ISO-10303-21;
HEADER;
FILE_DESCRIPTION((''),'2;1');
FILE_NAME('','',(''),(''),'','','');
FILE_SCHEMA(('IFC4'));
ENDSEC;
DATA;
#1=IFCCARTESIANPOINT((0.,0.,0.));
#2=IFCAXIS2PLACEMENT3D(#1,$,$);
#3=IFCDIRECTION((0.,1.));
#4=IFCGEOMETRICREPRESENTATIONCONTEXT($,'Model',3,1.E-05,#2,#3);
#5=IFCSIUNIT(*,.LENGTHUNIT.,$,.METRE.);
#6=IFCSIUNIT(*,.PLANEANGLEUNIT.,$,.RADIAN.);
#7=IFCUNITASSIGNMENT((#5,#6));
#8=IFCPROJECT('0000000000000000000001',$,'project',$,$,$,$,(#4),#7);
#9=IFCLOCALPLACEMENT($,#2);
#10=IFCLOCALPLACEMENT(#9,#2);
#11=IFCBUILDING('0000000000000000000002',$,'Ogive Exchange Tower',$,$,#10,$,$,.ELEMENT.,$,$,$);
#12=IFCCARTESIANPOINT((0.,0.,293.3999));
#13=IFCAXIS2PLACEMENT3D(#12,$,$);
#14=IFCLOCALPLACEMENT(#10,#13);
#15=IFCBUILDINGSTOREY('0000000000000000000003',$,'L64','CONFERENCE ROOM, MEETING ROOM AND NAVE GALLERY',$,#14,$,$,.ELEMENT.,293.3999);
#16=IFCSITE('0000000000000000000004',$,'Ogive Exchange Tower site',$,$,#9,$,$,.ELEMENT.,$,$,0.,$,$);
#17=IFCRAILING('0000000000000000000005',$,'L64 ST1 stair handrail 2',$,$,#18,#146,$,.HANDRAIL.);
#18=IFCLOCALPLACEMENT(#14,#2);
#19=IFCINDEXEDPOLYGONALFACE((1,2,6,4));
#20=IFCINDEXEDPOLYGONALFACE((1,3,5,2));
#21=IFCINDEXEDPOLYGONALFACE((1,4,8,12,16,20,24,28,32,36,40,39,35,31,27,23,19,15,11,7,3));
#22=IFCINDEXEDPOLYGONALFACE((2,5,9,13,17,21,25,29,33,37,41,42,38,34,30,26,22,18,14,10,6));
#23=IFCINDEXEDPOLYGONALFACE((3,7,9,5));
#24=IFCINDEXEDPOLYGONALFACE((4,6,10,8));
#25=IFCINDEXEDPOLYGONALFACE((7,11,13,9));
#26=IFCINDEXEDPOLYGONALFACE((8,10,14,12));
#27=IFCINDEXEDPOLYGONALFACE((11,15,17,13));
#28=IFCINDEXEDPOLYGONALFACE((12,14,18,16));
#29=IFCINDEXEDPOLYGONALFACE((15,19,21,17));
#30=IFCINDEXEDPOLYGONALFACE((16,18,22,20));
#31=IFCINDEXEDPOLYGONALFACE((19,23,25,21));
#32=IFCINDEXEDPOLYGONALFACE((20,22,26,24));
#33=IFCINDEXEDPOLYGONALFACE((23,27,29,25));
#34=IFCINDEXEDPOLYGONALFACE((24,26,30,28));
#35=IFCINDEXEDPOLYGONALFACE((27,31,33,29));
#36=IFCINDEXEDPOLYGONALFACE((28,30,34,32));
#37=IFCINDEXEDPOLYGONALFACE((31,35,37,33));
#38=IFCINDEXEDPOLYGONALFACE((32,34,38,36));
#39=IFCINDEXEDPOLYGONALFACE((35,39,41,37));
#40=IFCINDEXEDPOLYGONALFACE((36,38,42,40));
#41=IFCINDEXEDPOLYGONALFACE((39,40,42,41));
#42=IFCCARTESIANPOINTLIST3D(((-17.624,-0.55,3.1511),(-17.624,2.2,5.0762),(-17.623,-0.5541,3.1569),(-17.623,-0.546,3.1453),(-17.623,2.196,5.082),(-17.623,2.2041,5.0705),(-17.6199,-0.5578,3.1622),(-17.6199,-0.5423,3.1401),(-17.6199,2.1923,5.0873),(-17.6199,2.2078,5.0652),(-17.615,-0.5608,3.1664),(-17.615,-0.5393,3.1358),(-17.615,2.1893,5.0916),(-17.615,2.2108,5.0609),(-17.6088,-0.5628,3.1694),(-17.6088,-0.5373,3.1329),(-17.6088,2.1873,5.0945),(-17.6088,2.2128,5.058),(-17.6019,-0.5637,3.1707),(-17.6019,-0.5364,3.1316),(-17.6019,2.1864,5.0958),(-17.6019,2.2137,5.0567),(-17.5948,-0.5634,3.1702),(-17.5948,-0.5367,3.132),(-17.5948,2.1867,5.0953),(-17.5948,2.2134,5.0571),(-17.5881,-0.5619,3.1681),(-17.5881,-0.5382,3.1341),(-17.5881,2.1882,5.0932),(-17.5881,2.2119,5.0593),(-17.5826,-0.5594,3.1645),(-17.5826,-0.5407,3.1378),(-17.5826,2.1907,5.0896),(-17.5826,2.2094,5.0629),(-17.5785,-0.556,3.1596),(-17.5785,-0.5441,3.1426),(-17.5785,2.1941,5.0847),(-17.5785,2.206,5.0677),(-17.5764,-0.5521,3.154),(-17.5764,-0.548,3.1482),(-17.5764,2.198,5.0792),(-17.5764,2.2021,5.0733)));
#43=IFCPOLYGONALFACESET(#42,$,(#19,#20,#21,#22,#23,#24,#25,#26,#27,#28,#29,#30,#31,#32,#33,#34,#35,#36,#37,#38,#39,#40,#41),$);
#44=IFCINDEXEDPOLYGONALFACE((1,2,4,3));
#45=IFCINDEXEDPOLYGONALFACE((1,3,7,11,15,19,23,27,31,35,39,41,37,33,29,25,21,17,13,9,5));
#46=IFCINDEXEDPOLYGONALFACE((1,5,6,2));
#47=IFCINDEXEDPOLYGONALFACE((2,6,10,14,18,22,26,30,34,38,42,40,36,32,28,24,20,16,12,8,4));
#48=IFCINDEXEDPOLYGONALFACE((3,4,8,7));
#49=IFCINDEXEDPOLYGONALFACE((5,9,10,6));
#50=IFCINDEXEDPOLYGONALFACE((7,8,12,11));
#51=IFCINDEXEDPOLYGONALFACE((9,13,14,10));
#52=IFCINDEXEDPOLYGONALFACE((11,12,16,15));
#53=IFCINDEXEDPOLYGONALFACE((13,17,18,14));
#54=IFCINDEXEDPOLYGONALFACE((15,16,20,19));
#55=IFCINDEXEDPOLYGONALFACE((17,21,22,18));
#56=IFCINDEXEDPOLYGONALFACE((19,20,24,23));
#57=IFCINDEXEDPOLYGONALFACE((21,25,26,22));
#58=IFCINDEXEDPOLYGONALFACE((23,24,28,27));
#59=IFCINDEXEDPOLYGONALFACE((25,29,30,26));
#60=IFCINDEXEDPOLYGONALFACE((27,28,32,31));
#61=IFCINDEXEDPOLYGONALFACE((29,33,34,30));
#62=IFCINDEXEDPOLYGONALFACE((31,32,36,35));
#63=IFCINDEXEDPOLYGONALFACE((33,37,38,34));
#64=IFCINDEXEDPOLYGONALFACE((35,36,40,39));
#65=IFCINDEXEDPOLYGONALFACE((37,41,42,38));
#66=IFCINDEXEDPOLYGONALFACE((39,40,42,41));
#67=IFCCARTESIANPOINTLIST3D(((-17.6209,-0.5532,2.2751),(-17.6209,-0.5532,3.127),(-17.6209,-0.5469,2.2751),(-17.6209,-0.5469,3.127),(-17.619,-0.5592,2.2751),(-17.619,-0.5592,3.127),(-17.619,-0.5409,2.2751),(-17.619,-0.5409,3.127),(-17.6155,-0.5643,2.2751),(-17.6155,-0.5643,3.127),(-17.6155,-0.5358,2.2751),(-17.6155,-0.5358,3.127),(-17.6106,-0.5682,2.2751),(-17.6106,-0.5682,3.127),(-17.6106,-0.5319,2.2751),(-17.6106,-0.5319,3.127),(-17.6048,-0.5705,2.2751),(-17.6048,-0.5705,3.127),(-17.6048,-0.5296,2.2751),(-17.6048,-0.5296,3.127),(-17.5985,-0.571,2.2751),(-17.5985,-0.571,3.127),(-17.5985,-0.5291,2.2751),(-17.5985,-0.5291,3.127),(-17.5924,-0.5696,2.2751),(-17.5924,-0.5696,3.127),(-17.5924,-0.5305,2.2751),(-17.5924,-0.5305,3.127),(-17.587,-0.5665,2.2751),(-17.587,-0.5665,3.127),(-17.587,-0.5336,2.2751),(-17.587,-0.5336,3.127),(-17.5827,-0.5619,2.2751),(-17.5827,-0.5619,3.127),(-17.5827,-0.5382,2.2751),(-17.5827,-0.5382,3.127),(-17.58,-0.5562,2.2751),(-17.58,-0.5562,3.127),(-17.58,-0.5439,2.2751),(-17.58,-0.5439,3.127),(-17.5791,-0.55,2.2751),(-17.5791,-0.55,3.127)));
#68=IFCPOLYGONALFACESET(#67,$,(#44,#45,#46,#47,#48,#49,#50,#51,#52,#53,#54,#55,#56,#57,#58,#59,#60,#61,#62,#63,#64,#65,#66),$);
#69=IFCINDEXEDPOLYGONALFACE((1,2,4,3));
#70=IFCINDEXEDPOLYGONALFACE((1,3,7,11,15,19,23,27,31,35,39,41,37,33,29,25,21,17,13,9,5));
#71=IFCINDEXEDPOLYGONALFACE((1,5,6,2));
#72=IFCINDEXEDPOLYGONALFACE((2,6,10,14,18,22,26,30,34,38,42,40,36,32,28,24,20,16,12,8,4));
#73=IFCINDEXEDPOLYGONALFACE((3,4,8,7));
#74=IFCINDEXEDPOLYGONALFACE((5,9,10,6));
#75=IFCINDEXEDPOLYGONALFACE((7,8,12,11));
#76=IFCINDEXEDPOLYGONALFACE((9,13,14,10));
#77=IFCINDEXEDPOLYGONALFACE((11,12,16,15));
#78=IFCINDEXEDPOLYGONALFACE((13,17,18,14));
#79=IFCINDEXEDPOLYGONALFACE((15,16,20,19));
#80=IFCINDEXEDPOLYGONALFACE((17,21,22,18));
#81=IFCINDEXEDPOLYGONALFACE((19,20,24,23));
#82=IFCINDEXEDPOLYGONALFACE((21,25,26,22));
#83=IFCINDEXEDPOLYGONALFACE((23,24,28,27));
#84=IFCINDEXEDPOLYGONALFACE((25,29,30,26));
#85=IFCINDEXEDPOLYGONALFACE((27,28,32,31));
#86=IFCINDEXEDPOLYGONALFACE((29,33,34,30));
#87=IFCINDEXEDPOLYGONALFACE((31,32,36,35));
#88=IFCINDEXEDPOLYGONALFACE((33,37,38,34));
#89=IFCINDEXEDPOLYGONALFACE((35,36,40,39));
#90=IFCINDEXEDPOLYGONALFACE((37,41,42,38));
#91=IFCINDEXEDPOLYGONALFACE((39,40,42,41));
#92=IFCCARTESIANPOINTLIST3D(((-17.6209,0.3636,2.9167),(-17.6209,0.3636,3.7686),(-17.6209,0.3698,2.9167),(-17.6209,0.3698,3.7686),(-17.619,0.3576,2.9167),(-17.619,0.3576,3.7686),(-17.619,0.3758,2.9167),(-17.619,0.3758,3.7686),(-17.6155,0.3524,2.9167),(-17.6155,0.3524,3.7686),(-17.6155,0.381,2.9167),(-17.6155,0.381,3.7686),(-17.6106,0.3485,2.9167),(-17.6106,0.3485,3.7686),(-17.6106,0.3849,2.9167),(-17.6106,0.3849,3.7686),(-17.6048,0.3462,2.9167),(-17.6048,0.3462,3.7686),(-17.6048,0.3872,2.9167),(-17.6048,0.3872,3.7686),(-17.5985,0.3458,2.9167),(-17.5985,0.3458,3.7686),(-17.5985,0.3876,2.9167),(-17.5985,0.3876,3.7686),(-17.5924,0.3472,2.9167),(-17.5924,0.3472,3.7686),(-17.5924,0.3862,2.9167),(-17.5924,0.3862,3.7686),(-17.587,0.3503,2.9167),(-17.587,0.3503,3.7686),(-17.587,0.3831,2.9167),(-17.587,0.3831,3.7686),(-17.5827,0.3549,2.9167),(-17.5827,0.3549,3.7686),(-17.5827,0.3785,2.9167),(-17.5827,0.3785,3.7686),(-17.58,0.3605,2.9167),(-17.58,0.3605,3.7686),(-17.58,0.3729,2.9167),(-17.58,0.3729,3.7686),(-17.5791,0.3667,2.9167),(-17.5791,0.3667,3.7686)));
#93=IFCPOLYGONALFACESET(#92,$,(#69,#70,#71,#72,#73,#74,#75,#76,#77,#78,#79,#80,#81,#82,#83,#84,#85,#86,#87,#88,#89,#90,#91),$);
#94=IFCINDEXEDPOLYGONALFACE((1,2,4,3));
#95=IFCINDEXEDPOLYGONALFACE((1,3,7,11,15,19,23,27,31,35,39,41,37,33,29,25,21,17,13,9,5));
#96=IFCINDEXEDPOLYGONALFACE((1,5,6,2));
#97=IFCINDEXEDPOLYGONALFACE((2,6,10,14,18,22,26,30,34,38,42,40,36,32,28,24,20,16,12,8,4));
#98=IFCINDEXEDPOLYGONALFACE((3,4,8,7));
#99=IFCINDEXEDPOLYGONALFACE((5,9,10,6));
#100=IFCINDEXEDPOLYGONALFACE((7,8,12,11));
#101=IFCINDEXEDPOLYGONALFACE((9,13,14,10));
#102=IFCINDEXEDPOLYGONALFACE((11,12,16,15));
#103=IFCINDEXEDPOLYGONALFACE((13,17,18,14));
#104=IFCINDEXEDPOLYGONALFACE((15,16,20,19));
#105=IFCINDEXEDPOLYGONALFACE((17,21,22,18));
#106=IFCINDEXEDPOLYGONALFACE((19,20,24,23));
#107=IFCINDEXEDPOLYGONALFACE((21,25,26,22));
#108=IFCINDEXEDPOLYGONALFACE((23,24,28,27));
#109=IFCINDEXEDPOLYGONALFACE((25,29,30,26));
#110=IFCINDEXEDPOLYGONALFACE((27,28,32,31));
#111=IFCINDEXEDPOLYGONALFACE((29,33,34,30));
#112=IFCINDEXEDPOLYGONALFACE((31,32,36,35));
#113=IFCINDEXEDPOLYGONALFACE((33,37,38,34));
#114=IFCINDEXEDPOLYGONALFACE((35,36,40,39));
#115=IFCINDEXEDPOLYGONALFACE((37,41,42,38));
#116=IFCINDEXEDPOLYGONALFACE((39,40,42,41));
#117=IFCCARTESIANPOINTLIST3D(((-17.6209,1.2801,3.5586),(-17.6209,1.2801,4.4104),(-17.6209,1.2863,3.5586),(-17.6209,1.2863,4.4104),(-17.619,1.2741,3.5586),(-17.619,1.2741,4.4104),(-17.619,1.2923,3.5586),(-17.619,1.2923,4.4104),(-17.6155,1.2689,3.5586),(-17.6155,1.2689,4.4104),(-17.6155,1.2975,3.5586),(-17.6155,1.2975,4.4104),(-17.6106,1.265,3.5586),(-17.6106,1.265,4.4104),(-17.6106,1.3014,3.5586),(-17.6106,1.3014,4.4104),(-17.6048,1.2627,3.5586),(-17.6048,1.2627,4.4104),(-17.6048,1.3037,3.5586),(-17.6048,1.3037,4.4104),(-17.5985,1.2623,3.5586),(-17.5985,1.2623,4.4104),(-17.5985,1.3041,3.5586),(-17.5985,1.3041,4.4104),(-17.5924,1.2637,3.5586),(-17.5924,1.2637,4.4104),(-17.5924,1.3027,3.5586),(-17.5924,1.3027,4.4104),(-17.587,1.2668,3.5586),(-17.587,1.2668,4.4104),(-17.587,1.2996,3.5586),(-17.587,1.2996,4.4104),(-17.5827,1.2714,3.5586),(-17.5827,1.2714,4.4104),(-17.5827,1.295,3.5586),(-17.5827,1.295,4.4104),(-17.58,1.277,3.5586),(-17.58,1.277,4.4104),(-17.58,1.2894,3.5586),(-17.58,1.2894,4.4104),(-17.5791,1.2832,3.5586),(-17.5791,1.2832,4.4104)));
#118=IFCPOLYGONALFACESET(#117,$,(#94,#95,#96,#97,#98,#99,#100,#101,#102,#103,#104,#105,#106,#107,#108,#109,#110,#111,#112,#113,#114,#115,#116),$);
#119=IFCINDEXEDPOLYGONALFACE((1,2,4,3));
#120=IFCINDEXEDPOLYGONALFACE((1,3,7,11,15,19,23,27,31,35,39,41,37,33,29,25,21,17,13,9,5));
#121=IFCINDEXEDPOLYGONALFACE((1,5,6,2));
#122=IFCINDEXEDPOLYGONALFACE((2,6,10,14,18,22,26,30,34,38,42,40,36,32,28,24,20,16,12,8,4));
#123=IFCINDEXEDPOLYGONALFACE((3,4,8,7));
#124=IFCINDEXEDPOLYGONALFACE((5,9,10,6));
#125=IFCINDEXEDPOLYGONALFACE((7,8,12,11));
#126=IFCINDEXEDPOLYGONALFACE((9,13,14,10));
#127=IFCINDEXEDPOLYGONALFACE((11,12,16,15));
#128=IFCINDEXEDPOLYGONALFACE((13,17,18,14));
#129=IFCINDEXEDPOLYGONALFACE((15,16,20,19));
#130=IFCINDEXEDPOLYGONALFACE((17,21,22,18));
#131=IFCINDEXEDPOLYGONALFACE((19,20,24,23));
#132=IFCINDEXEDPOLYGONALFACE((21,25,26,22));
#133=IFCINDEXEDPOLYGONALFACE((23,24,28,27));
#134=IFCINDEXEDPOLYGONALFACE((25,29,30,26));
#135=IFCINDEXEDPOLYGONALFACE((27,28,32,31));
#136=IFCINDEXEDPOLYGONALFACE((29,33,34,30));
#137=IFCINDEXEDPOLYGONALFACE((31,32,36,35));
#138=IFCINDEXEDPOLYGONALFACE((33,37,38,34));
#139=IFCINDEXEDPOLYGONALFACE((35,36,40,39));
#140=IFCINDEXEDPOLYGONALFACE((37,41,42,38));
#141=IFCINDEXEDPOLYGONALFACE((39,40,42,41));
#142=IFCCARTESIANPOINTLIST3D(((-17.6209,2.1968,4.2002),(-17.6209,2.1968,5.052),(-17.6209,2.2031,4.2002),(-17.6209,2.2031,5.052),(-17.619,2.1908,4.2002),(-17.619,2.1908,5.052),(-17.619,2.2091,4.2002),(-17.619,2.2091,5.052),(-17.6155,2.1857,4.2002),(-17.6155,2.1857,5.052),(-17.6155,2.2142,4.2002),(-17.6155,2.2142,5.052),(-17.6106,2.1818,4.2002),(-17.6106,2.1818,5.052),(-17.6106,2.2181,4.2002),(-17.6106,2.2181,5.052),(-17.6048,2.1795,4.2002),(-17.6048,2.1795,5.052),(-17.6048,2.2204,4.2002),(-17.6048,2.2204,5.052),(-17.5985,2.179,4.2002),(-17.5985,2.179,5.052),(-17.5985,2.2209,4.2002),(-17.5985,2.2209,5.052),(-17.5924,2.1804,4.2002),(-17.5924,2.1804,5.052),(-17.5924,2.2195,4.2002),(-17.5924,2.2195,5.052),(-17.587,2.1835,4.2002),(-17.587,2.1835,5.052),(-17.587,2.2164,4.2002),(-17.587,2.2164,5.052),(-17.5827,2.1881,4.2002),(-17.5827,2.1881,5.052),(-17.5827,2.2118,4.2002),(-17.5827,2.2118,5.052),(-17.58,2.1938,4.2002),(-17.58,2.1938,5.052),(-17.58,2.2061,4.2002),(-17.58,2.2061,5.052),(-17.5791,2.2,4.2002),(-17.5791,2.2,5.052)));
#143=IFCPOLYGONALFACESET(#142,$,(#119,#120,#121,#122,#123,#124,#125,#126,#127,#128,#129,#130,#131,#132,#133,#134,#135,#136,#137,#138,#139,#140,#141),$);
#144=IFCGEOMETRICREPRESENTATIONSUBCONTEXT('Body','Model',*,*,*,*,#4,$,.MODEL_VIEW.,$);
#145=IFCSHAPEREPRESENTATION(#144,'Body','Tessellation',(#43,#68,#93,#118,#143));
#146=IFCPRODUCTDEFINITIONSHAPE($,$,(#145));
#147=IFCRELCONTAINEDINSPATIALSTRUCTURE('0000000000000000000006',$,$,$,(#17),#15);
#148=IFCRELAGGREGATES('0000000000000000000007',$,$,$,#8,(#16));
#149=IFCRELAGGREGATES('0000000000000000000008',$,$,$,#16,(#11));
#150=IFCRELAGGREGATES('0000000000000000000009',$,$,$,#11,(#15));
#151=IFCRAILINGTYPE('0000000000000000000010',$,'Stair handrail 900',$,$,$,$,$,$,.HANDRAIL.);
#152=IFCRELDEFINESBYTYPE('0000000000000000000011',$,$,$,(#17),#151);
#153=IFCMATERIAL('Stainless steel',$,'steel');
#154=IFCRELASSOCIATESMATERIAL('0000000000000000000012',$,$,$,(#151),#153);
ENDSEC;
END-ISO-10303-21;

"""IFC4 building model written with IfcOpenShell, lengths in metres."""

from ifc_helpers import new_model, si_unit, direction, frame, origin, origin_2d, place, context, subcontext, project, spatial, circle, extrude, material, type_object, element, save


model = new_model("IFC4")

# Units and contexts
model_context = context("Model", 3, precision=1e-05, world=origin(), true_north=direction((0.0, 1.0)))
body_context = subcontext(model_context, "Body", "Model", "MODEL_VIEW")
ifc_project = project(units=[si_unit("LENGTHUNIT", "METRE"), si_unit("PLANEANGLEUNIT", "RADIAN")], contexts=[model_context])

# Site, building, storey
site_placement = place(None, origin())
site = spatial("IfcSite", under=ifc_project, at=site_placement, Name="Ogive Exchange Tower site", CompositionType="ELEMENT", RefElevation=0.0)
building_placement = place(site_placement, origin())
building = spatial("IfcBuilding", under=site, at=building_placement, Name="Ogive Exchange Tower", CompositionType="ELEMENT")
storey_placement = place(building_placement, frame((0.0, 0.0, 293.3999)))
storey = spatial("IfcBuildingStorey", under=building, at=storey_placement, Name="L64", Description="CONFERENCE ROOM, MEETING ROOM AND NAVE GALLERY", CompositionType="ELEMENT", Elevation=293.3999)

# Shared definitions
ifc_material_1 = material(Name="Stainless steel", Category="steel")

# Railing
railing_type = type_object("IfcRailingType", Name="Stair handrail 900", PredefinedType="HANDRAIL", material=ifc_material_1)
railing_placement = place(storey_placement, frame((-17.6001, -0.55, 2.2751)))
element("IfcRailing", 1, at=railing_placement, inside=storey, type_object=railing_type, Name="L64 ST1 stair handrail 2", PredefinedType="HANDRAIL", context=body_context, shape_type="SweptSolid", body=[
    extrude(circle(Radius=0.0239, at=origin_2d()), frame((0.0, 0.0, 0.876), z_axis=(0.0, 0.819225, 0.573472), x_axis=(-1.0, 0.0, 0.0)), (0.0, 0.0, 1.0), 3.3569),
    extrude(circle(Radius=0.021, at=origin_2d()), origin(), (0.0, 0.0, 1.0), 0.8518),
    extrude(circle(Radius=0.021, at=origin_2d()), frame((0.0, 0.9167, 0.6416)), (0.0, 0.0, 1.0), 0.8518),
    extrude(circle(Radius=0.021, at=origin_2d()), frame((0.0, 1.8333, 1.2834)), (0.0, 0.0, 1.0), 0.8518),
    extrude(circle(Radius=0.021, at=origin_2d()), frame((0.0, 2.75, 1.925)), (0.0, 0.0, 1.0), 0.8518),
])

save(model, "model.ifc")
